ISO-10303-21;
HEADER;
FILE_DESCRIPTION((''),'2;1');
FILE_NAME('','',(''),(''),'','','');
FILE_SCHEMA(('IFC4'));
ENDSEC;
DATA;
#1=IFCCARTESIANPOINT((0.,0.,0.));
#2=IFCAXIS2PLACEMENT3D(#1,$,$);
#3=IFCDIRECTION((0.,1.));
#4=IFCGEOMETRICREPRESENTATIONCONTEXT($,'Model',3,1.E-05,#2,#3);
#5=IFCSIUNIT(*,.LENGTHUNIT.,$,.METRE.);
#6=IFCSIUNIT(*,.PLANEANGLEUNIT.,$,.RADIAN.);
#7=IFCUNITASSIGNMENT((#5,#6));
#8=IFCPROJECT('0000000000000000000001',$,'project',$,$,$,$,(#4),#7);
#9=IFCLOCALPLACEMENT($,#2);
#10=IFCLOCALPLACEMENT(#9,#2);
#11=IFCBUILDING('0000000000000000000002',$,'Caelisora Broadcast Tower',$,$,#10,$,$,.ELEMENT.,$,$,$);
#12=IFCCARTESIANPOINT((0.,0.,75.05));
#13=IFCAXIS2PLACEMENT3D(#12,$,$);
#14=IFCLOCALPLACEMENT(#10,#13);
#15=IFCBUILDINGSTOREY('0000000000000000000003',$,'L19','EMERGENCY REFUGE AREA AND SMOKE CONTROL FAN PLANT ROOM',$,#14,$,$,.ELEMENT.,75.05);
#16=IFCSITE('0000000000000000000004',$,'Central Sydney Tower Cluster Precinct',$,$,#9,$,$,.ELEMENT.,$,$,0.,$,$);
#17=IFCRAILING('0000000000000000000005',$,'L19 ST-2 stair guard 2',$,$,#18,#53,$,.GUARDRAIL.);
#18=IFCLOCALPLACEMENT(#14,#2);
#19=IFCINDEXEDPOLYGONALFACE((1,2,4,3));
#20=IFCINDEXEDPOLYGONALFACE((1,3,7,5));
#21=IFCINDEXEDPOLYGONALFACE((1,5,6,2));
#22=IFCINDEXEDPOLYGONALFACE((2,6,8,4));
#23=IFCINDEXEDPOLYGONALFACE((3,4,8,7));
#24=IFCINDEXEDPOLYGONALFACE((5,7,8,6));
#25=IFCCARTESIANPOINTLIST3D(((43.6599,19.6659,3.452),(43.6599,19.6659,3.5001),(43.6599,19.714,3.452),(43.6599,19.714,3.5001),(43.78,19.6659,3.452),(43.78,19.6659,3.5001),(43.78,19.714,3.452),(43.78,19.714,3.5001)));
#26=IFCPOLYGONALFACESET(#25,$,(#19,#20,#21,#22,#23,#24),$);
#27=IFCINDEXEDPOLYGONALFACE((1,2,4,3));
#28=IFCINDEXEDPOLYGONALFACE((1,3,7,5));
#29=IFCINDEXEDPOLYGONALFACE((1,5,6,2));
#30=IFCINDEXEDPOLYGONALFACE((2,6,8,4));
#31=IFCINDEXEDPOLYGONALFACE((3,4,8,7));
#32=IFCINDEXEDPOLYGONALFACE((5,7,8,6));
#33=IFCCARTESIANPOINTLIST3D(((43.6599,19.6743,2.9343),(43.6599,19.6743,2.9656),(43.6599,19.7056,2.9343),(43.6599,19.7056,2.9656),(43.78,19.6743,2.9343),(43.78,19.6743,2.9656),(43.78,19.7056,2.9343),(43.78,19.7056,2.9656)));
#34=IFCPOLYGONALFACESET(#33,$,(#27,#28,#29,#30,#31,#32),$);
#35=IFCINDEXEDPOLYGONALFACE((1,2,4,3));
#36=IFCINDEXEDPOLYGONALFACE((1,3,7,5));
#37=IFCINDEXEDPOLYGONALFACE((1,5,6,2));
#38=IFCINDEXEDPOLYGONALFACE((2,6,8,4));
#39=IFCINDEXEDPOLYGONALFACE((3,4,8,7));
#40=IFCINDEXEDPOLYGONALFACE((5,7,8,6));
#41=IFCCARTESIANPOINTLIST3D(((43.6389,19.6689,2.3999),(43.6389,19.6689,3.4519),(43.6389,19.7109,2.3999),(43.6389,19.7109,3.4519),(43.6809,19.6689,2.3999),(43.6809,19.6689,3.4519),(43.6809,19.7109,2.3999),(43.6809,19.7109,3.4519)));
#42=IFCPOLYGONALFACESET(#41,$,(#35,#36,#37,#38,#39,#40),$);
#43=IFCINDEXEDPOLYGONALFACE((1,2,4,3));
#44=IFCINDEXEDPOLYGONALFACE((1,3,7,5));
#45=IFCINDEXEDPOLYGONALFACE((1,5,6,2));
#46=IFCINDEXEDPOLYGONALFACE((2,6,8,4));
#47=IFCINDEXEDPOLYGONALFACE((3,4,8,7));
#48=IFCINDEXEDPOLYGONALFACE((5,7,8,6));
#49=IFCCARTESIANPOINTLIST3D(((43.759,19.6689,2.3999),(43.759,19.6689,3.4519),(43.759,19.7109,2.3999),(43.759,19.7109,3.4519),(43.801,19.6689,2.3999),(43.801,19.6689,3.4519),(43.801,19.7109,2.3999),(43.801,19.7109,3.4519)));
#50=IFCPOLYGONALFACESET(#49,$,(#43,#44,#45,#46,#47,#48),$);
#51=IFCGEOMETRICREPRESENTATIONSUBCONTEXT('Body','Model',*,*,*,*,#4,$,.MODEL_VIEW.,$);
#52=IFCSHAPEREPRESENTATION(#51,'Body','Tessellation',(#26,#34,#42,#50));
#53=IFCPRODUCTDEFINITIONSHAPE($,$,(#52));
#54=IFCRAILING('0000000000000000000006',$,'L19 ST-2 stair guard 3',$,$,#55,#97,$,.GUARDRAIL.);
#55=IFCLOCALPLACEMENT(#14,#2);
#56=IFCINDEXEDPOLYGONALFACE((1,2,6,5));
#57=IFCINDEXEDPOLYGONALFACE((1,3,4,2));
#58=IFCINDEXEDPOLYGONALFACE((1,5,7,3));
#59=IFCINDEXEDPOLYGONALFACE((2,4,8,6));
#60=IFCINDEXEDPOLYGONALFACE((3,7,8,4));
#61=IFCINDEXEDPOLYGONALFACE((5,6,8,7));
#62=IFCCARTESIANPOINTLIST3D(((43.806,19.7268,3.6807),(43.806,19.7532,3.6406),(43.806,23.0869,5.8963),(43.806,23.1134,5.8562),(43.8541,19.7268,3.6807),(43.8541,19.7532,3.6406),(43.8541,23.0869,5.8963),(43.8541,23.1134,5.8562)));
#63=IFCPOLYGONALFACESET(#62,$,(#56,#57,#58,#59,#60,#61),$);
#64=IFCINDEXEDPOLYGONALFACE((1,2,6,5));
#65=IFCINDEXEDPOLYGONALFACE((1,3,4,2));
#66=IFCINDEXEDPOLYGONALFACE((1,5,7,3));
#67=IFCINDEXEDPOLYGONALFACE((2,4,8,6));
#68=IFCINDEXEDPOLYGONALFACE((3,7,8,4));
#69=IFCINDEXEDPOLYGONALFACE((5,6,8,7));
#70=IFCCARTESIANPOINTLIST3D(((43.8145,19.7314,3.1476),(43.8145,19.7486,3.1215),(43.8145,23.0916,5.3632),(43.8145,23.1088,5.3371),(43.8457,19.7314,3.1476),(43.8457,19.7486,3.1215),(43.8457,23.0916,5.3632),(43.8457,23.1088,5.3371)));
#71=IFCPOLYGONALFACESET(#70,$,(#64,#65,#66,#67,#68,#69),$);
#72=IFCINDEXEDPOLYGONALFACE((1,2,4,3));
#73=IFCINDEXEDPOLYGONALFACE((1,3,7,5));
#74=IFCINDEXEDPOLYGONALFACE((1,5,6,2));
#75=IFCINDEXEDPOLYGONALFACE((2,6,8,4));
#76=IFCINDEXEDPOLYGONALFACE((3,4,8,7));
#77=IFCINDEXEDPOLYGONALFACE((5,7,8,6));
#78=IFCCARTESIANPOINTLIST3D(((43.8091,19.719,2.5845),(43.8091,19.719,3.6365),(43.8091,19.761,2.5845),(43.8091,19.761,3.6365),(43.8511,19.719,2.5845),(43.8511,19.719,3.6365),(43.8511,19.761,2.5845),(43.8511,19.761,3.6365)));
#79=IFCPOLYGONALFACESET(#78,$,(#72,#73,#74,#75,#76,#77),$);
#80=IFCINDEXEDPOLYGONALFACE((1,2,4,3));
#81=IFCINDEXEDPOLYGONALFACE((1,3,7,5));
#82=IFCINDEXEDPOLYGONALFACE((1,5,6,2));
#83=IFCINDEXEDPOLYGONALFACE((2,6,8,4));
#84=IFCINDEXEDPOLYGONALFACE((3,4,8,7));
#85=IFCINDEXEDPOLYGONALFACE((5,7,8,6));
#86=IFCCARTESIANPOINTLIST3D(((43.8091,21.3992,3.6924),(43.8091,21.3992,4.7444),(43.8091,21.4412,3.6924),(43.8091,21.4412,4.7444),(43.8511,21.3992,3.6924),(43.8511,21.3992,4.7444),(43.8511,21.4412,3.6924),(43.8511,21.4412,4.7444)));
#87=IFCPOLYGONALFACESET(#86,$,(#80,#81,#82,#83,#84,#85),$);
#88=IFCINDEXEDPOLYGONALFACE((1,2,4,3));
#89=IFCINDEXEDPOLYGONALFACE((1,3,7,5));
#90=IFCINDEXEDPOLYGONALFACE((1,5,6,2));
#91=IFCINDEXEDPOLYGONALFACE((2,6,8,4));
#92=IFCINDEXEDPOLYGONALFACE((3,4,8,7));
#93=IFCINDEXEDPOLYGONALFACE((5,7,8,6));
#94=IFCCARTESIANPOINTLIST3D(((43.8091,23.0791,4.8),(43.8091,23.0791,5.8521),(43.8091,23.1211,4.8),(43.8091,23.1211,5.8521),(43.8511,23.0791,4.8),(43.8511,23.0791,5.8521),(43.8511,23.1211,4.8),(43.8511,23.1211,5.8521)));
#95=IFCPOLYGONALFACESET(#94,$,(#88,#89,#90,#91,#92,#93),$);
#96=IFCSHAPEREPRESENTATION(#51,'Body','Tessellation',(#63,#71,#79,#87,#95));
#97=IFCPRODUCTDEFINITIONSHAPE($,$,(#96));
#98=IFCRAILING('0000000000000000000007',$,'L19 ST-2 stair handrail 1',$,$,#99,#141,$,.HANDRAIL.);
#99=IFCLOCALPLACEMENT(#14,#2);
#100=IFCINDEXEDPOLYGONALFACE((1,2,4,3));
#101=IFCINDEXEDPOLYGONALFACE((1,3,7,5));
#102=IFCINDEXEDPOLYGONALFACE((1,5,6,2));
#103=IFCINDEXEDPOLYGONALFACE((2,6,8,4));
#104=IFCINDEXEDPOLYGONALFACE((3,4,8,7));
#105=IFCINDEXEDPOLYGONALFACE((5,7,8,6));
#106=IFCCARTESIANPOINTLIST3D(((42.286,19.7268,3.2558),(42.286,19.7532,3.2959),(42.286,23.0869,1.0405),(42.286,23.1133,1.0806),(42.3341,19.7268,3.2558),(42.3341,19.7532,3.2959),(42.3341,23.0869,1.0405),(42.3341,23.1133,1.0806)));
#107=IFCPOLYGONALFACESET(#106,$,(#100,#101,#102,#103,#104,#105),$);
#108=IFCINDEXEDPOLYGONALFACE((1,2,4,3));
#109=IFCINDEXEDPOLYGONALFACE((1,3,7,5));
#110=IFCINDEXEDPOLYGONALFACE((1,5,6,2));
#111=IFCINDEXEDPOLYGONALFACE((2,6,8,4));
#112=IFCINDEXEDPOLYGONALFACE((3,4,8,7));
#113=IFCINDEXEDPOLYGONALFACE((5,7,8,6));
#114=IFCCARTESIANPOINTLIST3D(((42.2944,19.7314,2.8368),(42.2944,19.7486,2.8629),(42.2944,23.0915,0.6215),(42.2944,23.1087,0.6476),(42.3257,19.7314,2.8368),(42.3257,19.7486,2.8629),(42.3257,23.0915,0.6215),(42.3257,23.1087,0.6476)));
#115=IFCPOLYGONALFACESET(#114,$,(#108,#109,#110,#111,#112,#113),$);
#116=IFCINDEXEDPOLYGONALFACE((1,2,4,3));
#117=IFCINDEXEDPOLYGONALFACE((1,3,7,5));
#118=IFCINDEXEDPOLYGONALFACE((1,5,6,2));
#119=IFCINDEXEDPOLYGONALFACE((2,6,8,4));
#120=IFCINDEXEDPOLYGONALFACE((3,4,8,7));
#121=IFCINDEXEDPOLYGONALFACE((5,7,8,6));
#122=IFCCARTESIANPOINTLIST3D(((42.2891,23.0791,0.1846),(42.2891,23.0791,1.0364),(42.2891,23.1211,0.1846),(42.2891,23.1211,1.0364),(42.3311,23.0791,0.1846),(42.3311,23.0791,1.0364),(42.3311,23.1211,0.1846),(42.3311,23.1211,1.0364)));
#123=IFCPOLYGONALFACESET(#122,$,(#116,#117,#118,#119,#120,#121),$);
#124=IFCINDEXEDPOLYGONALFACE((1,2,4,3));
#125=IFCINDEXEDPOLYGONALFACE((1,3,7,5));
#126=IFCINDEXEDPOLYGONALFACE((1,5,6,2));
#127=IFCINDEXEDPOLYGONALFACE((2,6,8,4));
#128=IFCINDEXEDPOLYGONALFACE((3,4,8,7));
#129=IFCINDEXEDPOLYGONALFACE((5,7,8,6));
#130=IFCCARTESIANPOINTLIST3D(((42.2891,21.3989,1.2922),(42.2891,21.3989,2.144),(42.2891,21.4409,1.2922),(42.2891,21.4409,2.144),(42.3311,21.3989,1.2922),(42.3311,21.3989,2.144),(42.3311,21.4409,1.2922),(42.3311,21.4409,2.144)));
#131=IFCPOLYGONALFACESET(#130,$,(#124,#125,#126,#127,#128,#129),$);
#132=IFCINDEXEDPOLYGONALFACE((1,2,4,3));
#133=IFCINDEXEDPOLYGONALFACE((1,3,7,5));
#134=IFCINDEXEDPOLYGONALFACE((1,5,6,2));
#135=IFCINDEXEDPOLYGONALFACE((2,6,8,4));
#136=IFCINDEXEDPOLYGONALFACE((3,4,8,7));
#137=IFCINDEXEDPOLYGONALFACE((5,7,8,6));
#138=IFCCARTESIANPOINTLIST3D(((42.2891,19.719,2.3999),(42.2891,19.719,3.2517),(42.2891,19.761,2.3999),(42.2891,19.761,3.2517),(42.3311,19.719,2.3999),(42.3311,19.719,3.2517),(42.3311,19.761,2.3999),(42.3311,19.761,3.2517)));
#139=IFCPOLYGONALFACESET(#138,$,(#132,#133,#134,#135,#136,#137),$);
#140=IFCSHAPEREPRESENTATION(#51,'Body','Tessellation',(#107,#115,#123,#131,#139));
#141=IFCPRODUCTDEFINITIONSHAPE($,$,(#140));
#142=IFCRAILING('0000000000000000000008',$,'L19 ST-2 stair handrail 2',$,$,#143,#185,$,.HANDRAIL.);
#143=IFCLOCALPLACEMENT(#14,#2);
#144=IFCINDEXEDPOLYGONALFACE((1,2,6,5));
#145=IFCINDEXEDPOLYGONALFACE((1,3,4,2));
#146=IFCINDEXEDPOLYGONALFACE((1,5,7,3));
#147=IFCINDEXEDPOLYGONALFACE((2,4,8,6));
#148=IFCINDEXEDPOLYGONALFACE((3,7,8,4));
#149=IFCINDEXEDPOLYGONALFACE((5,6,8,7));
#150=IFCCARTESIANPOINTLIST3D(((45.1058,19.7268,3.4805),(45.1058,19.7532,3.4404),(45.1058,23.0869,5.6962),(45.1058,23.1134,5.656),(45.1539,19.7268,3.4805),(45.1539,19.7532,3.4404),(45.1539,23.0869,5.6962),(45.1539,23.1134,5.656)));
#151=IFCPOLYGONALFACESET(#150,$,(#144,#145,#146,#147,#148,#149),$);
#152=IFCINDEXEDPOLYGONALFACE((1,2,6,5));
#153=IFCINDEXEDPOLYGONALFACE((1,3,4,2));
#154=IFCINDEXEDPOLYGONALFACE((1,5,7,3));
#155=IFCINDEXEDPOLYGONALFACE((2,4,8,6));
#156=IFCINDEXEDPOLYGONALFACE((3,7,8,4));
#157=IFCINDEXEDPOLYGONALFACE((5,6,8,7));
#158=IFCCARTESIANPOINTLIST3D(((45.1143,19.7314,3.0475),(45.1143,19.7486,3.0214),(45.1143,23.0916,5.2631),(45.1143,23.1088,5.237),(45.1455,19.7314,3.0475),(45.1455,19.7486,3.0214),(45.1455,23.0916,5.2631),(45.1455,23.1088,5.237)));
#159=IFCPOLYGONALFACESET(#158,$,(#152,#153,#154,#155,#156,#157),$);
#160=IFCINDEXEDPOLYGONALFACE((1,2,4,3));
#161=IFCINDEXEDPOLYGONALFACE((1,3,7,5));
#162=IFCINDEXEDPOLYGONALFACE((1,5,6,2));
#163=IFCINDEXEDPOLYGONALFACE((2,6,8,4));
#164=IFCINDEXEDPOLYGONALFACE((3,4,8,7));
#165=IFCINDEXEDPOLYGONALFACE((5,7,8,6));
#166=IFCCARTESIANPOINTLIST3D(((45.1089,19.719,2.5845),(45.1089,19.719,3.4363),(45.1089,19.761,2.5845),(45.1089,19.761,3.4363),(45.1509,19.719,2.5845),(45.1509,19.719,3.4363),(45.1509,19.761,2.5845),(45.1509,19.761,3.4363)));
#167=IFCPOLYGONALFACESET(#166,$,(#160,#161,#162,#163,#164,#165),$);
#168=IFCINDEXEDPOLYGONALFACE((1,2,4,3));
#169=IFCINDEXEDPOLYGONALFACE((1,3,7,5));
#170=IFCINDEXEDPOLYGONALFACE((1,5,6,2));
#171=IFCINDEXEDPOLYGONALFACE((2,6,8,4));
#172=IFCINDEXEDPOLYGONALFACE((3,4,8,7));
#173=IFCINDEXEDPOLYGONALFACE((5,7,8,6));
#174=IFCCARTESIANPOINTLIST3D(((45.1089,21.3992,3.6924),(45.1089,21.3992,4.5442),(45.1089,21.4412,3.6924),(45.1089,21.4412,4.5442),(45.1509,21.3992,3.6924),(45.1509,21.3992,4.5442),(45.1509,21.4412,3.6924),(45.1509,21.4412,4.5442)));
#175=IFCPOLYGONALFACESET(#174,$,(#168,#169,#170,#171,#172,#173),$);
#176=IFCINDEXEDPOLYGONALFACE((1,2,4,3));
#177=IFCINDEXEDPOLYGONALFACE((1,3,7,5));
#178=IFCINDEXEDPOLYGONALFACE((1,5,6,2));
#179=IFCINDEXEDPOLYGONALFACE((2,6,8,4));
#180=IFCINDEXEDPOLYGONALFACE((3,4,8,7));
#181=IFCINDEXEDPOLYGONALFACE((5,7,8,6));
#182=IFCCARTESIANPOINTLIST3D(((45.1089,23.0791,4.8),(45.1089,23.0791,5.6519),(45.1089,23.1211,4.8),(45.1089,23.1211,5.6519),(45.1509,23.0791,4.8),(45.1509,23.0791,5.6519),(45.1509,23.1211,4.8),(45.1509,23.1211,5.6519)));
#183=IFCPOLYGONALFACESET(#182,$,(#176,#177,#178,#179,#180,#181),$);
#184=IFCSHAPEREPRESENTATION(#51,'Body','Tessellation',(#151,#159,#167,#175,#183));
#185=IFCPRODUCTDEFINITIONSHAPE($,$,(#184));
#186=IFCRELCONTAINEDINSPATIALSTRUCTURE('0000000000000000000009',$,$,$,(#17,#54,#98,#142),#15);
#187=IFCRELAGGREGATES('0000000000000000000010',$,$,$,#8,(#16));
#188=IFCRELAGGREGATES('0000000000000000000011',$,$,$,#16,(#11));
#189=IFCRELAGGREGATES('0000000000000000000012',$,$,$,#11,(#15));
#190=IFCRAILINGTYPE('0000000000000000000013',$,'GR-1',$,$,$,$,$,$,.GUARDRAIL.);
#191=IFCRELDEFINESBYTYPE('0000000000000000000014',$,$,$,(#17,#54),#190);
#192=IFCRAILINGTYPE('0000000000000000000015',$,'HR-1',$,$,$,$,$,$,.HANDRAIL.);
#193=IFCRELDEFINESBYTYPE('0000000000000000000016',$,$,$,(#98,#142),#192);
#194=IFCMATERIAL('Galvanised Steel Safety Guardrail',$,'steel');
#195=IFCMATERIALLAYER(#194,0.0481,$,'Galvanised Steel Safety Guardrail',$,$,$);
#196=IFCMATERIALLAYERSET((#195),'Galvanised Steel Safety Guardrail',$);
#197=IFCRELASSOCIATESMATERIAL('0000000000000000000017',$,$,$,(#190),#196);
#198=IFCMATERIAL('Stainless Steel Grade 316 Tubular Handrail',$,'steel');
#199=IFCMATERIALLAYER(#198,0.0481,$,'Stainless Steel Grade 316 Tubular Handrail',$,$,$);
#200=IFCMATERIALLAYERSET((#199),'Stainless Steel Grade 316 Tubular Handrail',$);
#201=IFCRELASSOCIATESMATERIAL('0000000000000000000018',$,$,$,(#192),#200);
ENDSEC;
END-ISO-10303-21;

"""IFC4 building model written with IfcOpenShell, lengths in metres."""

from ifc_helpers import new_model, si_unit, direction, frame, origin, origin_2d, place, context, subcontext, project, spatial, rectangle, extrude, material, layer, layer_set, type_object, element, save


model = new_model("IFC4")

# Units and contexts
model_context = context("Model", 3, precision=1e-05, world=origin(), true_north=direction((0.0, 1.0)))
body_context = subcontext(model_context, "Body", "Model", "MODEL_VIEW")
ifc_project = project(units=[si_unit("LENGTHUNIT", "METRE"), si_unit("PLANEANGLEUNIT", "RADIAN")], contexts=[model_context])

# Site, building, storey
site_placement = place(None, origin())
site = spatial("IfcSite", under=ifc_project, at=site_placement, Name="Central Sydney Tower Cluster Precinct", CompositionType="ELEMENT", RefElevation=0.0)
building_placement = place(site_placement, origin())
building = spatial("IfcBuilding", under=site, at=building_placement, Name="Caelisora Broadcast Tower", CompositionType="ELEMENT")
storey_placement = place(building_placement, frame((0.0, 0.0, 75.05)))
storey = spatial("IfcBuildingStorey", under=building, at=storey_placement, Name="L19", Description="EMERGENCY REFUGE AREA AND SMOKE CONTROL FAN PLANT ROOM", CompositionType="ELEMENT", Elevation=75.05)

# Railings
ifc_material_1 = material(Name="Galvanised Steel Safety Guardrail", Category="steel")
ifc_layer_1 = layer(ifc_material_1, 0.0481, Name="Galvanised Steel Safety Guardrail")
ifc_layer_set_1 = layer_set([ifc_layer_1], Name="Galvanised Steel Safety Guardrail")
railing_type_1 = type_object("IfcRailingType", Name="GR-1", PredefinedType="GUARDRAIL", material=ifc_layer_set_1)
railing_1_placement = place(storey_placement, frame((43.6599, 19.6899, 2.3999)))
element("IfcRailing", 1, at=railing_1_placement, inside=storey, type_object=railing_type_1, Name="L19 ST-2 stair guard 2", PredefinedType="GUARDRAIL", context=body_context, shape_type="SweptSolid", body=[
    extrude(rectangle(XDim=0.0481, YDim=0.0481, at=origin_2d()), frame((0.0, 0.0, 1.0762), z_axis=(1.0, 0.0, 0.0), x_axis=(0.0, 1.0, 0.0)), (0.0, 0.0, 1.0), 0.1201),
    extrude(rectangle(XDim=0.0312, YDim=0.0312, at=origin_2d()), frame((0.0, 0.0, 0.55), z_axis=(1.0, 0.0, 0.0), x_axis=(0.0, 1.0, 0.0)), (0.0, 0.0, 1.0), 0.1201),
    extrude(rectangle(XDim=0.042, YDim=0.042, at=origin_2d()), origin(), (0.0, 0.0, 1.0), 1.052),
    extrude(rectangle(XDim=0.042, YDim=0.042, at=origin_2d()), frame((0.1201, 0.0, 0.0)), (0.0, 0.0, 1.0), 1.052),
])
railing_2_placement = place(storey_placement, frame((43.8301, 19.74, 2.5845)))
element("IfcRailing", 2, at=railing_2_placement, inside=storey, type_object=railing_type_1, Name="L19 ST-2 stair guard 3", PredefinedType="GUARDRAIL", context=body_context, shape_type="SweptSolid", body=[
    extrude(rectangle(XDim=0.0481, YDim=0.0481, at=origin_2d()), frame((0.0, 0.0, 1.0762), z_axis=(0.0, 0.834849, 0.55048), x_axis=(-1.0, 0.0, 0.0)), (0.0, 0.0, 1.0), 4.0249),
    extrude(rectangle(XDim=0.0312, YDim=0.0312, at=origin_2d()), frame((0.0, 0.0, 0.55), z_axis=(0.0, 0.834849, 0.55048), x_axis=(-1.0, 0.0, 0.0)), (0.0, 0.0, 1.0), 4.0249),
    extrude(rectangle(XDim=0.042, YDim=0.042, at=origin_2d()), origin(), (0.0, 0.0, 1.0), 1.052),
    extrude(rectangle(XDim=0.042, YDim=0.042, at=origin_2d()), frame((0.0, 1.6802, 1.1079)), (0.0, 0.0, 1.0), 1.052),
    extrude(rectangle(XDim=0.042, YDim=0.042, at=origin_2d()), frame((0.0, 3.3601, 2.2156)), (0.0, 0.0, 1.0), 1.052),
])
ifc_material_2 = material(Name="Stainless Steel Grade 316 Tubular Handrail", Category="steel")
ifc_layer_2 = layer(ifc_material_2, 0.0481, Name="Stainless Steel Grade 316 Tubular Handrail")
ifc_layer_set_2 = layer_set([ifc_layer_2], Name="Stainless Steel Grade 316 Tubular Handrail")
railing_type_2 = type_object("IfcRailingType", Name="HR-1", PredefinedType="HANDRAIL", material=ifc_layer_set_2)
railing_3_placement = place(storey_placement, frame((42.3101, 23.1001, 0.1846)))
element("IfcRailing", 3, at=railing_3_placement, inside=storey, type_object=railing_type_2, Name="L19 ST-2 stair handrail 1", PredefinedType="HANDRAIL", context=body_context, shape_type="SweptSolid", body=[
    extrude(rectangle(XDim=0.0481, YDim=0.0481, at=origin_2d()), frame((0.0, 0.0, 0.876), z_axis=(0.0, -0.834876, 0.550437), x_axis=(1.0, 0.0, 0.0)), (0.0, 0.0, 1.0), 4.0247),
    extrude(rectangle(XDim=0.0312, YDim=0.0312, at=origin_2d()), frame((0.0, 0.0, 0.45), z_axis=(0.0, -0.834876, 0.550437), x_axis=(1.0, 0.0, 0.0)), (0.0, 0.0, 1.0), 4.0247),
    extrude(rectangle(XDim=0.042, YDim=0.042, at=origin_2d()), origin(), (0.0, 0.0, 1.0), 0.8518),
    extrude(rectangle(XDim=0.042, YDim=0.042, at=origin_2d()), frame((0.0, -1.6802, 1.1077)), (0.0, 0.0, 1.0), 0.8518),
    extrude(rectangle(XDim=0.042, YDim=0.042, at=origin_2d()), frame((0.0, -3.3601, 2.2153)), (0.0, 0.0, 1.0), 0.8518),
])
railing_4_placement = place(storey_placement, frame((45.1299, 19.74, 2.5845)))
element("IfcRailing", 4, at=railing_4_placement, inside=storey, type_object=railing_type_2, Name="L19 ST-2 stair handrail 2", PredefinedType="HANDRAIL", context=body_context, shape_type="SweptSolid", body=[
    extrude(rectangle(XDim=0.0481, YDim=0.0481, at=origin_2d()), frame((0.0, 0.0, 0.876), z_axis=(0.0, 0.834849, 0.55048), x_axis=(-1.0, 0.0, 0.0)), (0.0, 0.0, 1.0), 4.0249),
    extrude(rectangle(XDim=0.0312, YDim=0.0312, at=origin_2d()), frame((0.0, 0.0, 0.45), z_axis=(0.0, 0.834849, 0.55048), x_axis=(-1.0, 0.0, 0.0)), (0.0, 0.0, 1.0), 4.0249),
    extrude(rectangle(XDim=0.042, YDim=0.042, at=origin_2d()), origin(), (0.0, 0.0, 1.0), 0.8518),
    extrude(rectangle(XDim=0.042, YDim=0.042, at=origin_2d()), frame((0.0, 1.6802, 1.1079)), (0.0, 0.0, 1.0), 0.8518),
    extrude(rectangle(XDim=0.042, YDim=0.042, at=origin_2d()), frame((0.0, 3.3601, 2.2156)), (0.0, 0.0, 1.0), 0.8518),
])

save(model, "model.ifc")
